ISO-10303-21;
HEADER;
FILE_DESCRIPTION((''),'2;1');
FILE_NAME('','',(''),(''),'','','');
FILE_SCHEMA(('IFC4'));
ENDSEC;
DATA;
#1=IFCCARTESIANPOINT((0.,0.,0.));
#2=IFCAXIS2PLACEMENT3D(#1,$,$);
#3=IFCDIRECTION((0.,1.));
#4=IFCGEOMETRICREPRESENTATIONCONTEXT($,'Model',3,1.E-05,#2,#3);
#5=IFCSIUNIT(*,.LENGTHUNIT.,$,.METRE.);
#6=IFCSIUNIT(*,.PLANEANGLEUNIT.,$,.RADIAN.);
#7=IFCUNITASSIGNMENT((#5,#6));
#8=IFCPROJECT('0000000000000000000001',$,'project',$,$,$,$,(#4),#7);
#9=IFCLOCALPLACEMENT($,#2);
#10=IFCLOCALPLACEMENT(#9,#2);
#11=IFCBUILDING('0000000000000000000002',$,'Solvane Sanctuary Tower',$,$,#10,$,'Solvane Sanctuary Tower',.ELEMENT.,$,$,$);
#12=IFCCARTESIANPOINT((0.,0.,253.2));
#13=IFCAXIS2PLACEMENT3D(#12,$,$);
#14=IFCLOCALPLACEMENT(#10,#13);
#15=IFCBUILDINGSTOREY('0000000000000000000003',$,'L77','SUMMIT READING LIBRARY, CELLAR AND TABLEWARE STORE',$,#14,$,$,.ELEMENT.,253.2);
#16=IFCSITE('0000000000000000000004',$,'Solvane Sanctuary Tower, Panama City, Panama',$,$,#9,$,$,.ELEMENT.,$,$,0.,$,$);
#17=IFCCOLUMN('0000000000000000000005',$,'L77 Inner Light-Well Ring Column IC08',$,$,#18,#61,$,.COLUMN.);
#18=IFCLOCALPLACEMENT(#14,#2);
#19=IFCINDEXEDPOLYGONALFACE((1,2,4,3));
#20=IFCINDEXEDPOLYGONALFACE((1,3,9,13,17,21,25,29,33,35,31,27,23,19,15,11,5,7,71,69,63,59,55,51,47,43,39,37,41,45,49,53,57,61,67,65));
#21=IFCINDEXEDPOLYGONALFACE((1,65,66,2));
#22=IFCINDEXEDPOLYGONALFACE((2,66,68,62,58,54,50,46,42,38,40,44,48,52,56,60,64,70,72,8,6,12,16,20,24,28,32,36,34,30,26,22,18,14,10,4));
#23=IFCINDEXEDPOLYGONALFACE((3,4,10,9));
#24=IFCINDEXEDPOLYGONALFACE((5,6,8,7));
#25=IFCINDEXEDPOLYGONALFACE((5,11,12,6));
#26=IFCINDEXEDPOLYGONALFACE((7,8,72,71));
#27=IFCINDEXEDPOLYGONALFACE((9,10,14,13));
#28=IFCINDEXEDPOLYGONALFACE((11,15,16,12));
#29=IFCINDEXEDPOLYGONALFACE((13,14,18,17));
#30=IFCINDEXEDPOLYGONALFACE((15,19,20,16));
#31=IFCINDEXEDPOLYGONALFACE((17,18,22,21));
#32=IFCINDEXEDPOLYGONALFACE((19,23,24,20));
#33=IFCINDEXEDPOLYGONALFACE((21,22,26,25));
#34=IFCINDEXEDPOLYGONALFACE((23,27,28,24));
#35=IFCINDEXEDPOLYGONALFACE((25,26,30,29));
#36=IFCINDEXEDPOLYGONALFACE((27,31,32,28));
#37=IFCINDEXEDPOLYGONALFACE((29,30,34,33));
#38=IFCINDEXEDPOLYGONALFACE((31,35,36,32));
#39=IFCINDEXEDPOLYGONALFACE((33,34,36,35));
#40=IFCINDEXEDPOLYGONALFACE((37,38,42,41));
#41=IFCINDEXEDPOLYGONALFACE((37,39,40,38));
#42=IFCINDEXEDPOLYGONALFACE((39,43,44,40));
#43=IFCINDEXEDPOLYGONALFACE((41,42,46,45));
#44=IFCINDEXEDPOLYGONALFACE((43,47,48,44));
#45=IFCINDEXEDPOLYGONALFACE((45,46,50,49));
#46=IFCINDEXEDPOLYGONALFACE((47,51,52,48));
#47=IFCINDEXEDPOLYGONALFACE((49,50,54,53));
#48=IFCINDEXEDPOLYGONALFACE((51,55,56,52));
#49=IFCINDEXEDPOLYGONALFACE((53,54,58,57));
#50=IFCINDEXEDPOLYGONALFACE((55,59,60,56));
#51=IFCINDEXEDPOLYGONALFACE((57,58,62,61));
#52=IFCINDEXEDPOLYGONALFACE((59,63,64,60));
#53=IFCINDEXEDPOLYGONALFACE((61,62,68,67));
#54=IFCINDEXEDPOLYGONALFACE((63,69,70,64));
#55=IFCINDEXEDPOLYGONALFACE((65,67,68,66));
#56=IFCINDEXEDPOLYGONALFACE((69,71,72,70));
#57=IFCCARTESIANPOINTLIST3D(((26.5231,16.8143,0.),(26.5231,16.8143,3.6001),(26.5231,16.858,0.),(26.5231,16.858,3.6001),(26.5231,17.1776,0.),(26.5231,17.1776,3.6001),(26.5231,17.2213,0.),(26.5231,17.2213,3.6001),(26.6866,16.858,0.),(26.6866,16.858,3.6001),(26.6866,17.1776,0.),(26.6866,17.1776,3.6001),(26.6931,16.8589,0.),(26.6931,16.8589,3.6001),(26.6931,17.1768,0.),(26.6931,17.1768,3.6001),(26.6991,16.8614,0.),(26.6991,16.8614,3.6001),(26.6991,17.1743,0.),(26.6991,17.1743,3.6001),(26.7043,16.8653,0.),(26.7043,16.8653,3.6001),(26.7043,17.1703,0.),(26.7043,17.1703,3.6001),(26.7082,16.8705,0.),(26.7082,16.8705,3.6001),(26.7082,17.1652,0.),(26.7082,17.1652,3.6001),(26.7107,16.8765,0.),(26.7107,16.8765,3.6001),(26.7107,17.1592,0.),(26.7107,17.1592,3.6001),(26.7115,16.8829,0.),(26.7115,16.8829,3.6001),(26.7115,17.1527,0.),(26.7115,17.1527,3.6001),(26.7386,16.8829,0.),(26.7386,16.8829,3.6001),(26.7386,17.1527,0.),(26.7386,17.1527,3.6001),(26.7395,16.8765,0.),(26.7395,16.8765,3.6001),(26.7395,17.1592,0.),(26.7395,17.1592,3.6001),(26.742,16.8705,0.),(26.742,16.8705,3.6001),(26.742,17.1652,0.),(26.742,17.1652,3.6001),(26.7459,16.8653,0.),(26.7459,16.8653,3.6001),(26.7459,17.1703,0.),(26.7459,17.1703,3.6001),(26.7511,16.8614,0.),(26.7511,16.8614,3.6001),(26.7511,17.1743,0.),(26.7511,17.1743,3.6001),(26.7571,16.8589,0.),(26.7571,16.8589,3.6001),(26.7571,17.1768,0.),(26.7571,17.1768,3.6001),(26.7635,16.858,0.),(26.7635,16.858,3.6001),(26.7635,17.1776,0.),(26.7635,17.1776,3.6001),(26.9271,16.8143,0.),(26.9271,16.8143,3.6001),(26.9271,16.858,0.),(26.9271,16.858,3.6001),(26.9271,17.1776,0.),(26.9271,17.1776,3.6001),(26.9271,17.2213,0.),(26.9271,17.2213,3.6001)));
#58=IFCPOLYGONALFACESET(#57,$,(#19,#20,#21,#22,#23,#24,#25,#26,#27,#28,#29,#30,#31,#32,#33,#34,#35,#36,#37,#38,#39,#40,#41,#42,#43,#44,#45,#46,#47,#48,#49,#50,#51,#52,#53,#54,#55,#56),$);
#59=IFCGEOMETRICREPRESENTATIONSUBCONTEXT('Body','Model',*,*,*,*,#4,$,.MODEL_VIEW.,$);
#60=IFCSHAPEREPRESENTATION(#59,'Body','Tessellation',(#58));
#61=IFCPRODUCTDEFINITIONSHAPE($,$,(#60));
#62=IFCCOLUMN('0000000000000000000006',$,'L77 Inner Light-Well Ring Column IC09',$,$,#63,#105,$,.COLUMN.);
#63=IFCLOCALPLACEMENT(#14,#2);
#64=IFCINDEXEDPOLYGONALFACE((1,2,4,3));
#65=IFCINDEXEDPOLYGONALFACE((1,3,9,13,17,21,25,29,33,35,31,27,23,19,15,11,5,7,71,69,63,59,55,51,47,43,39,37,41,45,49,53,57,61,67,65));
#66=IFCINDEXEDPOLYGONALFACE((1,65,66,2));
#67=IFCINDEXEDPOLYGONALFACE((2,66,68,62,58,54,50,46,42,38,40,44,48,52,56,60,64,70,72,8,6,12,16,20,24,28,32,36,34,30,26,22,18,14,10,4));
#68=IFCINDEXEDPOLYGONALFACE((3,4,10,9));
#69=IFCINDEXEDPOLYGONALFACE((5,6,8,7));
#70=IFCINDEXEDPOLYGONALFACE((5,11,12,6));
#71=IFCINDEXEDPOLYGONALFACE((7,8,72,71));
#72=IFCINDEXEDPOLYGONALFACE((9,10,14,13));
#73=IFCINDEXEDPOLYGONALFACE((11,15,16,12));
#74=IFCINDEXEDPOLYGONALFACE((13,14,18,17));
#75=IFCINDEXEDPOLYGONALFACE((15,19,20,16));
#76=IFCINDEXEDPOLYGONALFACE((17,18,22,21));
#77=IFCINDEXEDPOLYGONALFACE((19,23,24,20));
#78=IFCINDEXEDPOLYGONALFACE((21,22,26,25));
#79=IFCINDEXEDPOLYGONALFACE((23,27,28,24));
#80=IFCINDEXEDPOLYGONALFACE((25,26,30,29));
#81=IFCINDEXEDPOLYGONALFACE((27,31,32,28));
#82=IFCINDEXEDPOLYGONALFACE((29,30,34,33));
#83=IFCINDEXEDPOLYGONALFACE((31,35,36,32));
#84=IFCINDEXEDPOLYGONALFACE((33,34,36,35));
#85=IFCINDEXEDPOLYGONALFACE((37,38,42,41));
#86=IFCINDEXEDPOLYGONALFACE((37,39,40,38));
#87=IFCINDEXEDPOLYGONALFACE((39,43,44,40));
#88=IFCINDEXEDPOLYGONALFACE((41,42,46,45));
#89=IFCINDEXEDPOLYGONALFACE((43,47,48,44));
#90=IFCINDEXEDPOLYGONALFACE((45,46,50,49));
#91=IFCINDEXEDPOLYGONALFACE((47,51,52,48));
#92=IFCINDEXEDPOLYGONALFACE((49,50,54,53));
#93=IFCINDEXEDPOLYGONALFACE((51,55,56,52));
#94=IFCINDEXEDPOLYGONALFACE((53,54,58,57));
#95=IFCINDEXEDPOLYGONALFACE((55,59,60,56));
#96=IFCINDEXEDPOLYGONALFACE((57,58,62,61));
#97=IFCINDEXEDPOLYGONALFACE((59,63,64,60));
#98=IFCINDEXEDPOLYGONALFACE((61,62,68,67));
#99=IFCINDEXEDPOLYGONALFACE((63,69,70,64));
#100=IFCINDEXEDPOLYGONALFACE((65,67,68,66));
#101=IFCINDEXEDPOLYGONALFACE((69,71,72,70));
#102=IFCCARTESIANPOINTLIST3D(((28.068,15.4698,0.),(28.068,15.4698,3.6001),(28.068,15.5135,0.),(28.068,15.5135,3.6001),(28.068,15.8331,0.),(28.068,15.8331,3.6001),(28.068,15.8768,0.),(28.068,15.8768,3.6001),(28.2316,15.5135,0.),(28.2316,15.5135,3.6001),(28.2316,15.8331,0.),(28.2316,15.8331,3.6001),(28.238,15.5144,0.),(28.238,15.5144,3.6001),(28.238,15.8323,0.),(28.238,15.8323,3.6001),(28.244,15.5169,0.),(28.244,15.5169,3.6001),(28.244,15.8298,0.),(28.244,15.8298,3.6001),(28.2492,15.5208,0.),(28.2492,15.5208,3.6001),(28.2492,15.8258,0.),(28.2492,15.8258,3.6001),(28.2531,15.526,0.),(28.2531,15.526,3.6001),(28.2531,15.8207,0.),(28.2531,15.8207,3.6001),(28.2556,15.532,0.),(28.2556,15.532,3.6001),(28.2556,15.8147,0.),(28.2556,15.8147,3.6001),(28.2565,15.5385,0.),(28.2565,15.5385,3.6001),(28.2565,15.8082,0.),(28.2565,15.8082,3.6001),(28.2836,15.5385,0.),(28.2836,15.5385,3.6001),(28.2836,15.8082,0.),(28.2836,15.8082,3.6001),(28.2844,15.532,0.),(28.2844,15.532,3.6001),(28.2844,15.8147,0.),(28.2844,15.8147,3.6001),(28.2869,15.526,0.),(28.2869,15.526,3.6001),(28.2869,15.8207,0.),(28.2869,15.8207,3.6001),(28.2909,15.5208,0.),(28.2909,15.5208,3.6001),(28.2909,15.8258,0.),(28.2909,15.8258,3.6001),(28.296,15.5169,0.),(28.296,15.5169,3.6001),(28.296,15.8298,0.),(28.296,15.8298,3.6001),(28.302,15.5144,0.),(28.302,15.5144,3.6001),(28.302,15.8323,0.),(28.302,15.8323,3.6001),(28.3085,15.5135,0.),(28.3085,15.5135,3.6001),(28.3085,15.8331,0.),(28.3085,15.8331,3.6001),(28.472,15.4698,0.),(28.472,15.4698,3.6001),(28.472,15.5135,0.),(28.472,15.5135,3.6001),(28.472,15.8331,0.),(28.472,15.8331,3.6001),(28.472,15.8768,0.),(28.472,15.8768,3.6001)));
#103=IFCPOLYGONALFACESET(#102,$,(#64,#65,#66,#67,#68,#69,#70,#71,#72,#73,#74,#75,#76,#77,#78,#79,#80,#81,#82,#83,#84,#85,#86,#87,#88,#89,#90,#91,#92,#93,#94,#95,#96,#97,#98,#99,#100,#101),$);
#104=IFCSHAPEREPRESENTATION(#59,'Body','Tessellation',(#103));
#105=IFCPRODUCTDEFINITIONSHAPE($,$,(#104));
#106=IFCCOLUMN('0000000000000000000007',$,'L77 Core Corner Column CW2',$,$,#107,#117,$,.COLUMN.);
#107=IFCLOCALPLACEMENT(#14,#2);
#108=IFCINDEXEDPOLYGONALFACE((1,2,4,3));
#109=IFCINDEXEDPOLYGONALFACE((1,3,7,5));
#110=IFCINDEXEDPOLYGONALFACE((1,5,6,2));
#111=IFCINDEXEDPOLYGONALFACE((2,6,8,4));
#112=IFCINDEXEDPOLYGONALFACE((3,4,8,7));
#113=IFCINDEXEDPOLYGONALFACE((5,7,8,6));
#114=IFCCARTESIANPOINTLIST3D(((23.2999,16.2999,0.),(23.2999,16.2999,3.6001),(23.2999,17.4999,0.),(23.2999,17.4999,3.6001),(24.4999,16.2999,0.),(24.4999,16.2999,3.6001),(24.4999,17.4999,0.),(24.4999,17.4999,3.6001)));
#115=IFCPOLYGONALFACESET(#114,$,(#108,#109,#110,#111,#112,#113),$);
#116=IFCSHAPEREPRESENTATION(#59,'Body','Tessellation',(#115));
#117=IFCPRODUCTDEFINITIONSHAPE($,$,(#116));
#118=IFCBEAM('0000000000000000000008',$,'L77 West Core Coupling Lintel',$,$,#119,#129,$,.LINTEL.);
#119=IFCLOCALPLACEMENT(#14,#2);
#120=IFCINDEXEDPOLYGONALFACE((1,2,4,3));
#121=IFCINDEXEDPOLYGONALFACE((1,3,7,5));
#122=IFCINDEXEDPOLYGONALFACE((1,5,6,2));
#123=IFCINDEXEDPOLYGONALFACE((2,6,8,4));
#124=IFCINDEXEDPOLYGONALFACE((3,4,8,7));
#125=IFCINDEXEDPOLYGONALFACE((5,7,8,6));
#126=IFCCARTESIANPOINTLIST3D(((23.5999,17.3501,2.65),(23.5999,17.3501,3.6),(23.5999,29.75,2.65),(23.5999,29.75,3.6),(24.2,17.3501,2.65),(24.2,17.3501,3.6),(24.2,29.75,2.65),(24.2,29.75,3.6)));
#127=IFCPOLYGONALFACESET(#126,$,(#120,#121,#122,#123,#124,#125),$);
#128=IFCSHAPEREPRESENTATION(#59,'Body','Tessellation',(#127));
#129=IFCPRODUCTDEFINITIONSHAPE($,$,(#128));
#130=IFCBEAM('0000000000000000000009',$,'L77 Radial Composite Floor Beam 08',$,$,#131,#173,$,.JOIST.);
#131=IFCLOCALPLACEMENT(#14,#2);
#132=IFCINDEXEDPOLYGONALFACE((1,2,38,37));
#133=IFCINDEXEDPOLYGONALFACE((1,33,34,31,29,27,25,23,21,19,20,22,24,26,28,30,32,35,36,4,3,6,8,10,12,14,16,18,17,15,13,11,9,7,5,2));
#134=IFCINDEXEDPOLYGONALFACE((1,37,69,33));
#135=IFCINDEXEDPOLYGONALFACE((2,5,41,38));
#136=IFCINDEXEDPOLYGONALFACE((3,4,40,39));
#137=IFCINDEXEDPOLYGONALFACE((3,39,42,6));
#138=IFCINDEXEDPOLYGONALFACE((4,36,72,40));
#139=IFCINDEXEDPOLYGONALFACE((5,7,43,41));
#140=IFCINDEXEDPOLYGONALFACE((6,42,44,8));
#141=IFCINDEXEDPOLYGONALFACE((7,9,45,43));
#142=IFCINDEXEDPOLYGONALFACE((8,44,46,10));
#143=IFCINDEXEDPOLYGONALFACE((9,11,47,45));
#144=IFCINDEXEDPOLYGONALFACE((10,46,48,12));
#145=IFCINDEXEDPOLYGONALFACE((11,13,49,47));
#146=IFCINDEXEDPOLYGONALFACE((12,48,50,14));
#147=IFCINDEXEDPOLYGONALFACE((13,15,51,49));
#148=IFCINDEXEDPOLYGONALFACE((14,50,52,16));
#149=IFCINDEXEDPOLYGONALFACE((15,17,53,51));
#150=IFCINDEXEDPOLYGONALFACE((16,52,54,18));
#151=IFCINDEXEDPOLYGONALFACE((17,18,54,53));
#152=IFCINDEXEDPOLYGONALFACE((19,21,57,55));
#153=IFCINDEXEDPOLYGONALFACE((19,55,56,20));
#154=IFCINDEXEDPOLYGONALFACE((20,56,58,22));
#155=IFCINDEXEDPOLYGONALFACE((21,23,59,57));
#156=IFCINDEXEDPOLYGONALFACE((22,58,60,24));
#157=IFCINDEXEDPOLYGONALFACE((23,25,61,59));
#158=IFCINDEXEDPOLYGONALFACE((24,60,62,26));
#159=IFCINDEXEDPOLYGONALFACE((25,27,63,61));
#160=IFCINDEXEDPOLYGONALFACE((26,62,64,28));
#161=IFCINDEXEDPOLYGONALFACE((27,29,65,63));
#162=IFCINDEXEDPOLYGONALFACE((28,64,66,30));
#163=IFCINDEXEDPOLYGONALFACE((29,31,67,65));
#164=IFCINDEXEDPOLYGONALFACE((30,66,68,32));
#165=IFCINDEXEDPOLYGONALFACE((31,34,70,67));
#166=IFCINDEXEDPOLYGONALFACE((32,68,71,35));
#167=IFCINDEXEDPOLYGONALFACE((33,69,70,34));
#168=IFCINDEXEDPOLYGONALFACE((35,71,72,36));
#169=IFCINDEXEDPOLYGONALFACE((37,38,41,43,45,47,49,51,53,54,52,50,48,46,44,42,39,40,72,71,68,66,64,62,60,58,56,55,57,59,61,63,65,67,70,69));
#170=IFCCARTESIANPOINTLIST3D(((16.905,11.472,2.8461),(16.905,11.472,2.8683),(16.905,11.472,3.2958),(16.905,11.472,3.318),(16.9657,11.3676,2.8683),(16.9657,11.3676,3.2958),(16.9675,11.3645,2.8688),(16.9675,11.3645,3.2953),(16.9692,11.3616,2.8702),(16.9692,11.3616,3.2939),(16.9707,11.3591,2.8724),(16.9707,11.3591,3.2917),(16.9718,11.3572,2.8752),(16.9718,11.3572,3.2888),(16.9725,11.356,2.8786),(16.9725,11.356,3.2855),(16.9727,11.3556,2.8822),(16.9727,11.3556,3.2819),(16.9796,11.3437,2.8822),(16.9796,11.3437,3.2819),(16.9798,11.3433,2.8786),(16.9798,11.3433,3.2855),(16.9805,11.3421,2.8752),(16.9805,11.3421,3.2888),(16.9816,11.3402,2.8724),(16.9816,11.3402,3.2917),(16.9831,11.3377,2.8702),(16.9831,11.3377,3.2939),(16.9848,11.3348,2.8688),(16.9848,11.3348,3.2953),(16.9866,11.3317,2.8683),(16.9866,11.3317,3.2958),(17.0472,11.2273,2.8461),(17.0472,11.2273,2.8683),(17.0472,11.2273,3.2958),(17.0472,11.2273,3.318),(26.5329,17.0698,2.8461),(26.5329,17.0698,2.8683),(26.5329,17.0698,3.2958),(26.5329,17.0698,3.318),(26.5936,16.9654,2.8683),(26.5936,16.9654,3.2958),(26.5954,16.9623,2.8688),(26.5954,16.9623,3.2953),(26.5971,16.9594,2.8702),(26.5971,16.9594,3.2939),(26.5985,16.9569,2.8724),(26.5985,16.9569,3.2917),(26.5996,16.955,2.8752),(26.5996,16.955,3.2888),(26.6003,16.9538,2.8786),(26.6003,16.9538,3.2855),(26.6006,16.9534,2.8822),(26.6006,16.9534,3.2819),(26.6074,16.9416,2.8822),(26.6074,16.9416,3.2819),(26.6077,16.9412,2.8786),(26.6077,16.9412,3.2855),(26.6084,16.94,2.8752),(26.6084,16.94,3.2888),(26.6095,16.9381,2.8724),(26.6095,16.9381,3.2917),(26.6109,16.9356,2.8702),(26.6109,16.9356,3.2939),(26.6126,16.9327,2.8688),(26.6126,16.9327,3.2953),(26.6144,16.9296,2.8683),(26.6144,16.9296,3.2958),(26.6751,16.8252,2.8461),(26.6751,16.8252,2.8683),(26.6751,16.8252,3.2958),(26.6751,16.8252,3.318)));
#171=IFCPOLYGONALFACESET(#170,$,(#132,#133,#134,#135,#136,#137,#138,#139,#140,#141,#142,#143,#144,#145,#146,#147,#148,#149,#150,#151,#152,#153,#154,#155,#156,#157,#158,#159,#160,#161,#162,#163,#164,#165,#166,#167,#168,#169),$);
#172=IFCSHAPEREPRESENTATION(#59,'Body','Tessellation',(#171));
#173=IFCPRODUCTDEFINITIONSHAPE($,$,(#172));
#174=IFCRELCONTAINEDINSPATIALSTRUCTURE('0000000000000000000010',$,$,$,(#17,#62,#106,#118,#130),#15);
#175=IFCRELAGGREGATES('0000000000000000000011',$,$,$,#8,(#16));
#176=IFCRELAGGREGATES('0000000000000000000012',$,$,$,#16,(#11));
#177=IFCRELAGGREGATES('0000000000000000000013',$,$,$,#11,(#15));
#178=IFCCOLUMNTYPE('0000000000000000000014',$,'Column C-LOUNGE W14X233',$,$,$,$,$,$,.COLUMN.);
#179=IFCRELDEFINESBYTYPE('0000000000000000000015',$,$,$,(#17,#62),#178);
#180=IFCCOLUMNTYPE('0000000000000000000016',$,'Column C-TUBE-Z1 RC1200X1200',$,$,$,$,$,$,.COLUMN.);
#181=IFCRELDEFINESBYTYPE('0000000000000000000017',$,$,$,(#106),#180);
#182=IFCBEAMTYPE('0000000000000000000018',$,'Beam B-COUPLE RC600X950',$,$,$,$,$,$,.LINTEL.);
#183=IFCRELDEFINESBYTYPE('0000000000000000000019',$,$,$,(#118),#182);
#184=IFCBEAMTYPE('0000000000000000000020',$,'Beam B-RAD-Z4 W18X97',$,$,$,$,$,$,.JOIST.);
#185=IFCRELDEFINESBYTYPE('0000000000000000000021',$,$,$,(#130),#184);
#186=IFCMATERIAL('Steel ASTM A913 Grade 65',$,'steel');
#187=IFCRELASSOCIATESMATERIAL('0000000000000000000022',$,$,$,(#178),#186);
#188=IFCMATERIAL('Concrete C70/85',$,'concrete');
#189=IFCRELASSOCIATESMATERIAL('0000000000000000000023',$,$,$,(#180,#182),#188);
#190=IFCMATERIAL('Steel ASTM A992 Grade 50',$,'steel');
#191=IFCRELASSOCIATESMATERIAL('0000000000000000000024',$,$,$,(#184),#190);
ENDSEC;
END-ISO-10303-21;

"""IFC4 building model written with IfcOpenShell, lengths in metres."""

from ifc_helpers import new_model, si_unit, direction, frame, origin, origin_2d, place, context, subcontext, project, spatial, rectangle, i_section, extrude, material, material_profile, profile_set, type_object, element, save


model = new_model("IFC4")

# Units and contexts
model_context = context("Model", 3, precision=1e-05, world=origin(), true_north=direction((0.0, 1.0)))
body_context = subcontext(model_context, "Body", "Model", "MODEL_VIEW")
ifc_project = project(units=[si_unit("LENGTHUNIT", "METRE"), si_unit("PLANEANGLEUNIT", "RADIAN")], contexts=[model_context])

# Site, building, storey
site_placement = place(None, origin())
site = spatial("IfcSite", under=ifc_project, at=site_placement, Name="Solvane Sanctuary Tower, Panama City, Panama", CompositionType="ELEMENT", RefElevation=0.0)
building_placement = place(site_placement, origin())
building = spatial("IfcBuilding", under=site, at=building_placement, Name="Solvane Sanctuary Tower", LongName="Solvane Sanctuary Tower", CompositionType="ELEMENT")
storey_placement = place(building_placement, frame((0.0, 0.0, 253.2)))
storey = spatial("IfcBuildingStorey", under=building, at=storey_placement, Name="L77", Description="SUMMIT READING LIBRARY, CELLAR AND TABLEWARE STORE", CompositionType="ELEMENT", Elevation=253.2)

# Columns
ifc_material_1 = material(Name="Steel ASTM A913 Grade 65", Category="steel")
ifc_material_profile_1 = material_profile(ifc_material_1, i_section(OverallWidth=0.4041, OverallDepth=0.407, WebThickness=0.0271, FlangeThickness=0.0437, FilletRadius=0.0249, at=origin_2d()), Name="W14X233")
ifc_profile_set_1 = profile_set([ifc_material_profile_1], Name="Steel ASTM A913 Grade 65")
column_type_1 = type_object("IfcColumnType", Name="Column C-LOUNGE W14X233", PredefinedType="COLUMN", material=ifc_profile_set_1)
for number, where, z_axis, x_axis, name in (
    (1, (26.7251, 17.0178, 0.0), (0.0, 0.0, 1.0), (1.0, 0.0, 0.0), "L77 Inner Light-Well Ring Column IC08"),
    (2, (28.27, 15.6733, 0.0), (0.0, 0.0, 1.0), (1.0, 0.0, 0.0), "L77 Inner Light-Well Ring Column IC09"),
):
    element("IfcColumn", number, at=place(storey_placement, frame(where, z_axis=z_axis, x_axis=x_axis)), inside=storey, type_object=column_type_1, Name=name, PredefinedType="COLUMN", context=body_context, shape_type="SweptSolid", body=[
        extrude(i_section(OverallWidth=0.4041, OverallDepth=0.407, WebThickness=0.0271, FlangeThickness=0.0437, FilletRadius=0.0249, at=origin_2d()), origin(), (0.0, 0.0, 1.0), 3.6001),
    ])
ifc_material_2 = material(Name="Concrete C70/85", Category="concrete")
ifc_material_profile_2 = material_profile(ifc_material_2, rectangle(XDim=1.2, YDim=1.2, at=origin_2d()), Name="RC1200X1200")
ifc_profile_set_2 = profile_set([ifc_material_profile_2], Name="Concrete C70/85")
column_type_2 = type_object("IfcColumnType", Name="Column C-TUBE-Z1 RC1200X1200", PredefinedType="COLUMN", material=ifc_profile_set_2)
column_placement = place(storey_placement, frame((23.8999, 16.8999, 0.0), z_axis=(0.0, 0.0, 1.0), x_axis=(1.0, 0.0, 0.0)))
element("IfcColumn", 3, at=column_placement, inside=storey, type_object=column_type_2, Name="L77 Core Corner Column CW2", PredefinedType="COLUMN", context=body_context, shape_type="SweptSolid", body=[
    extrude(rectangle(XDim=1.2, YDim=1.2, at=origin_2d()), origin(), (0.0, 0.0, 1.0), 3.6001),
])

# Beams
ifc_material_profile_3 = material_profile(ifc_material_2, rectangle(XDim=0.6001, YDim=0.95, at=origin_2d()), Name="RC600X950")
ifc_profile_set_3 = profile_set([ifc_material_profile_3], Name="Concrete C70/85")
beam_type_1 = type_object("IfcBeamType", Name="Beam B-COUPLE RC600X950", PredefinedType="LINTEL", material=ifc_profile_set_3)
beam_1_placement = place(storey_placement, frame((23.8999, 17.3501, 3.125), z_axis=(0.0, 1.0, 0.0), x_axis=(-1.0, 0.0, 0.0)))
element("IfcBeam", 4, at=beam_1_placement, inside=storey, type_object=beam_type_1, Name="L77 West Core Coupling Lintel", PredefinedType="LINTEL", context=body_context, shape_type="SweptSolid", body=[
    extrude(rectangle(XDim=0.6001, YDim=0.95, at=origin_2d()), origin(), (0.0, 0.0, 1.0), 12.3999),
])
ifc_material_3 = material(Name="Steel ASTM A992 Grade 50", Category="steel")
ifc_material_profile_4 = material_profile(ifc_material_3, i_section(OverallWidth=0.283, OverallDepth=0.4719, WebThickness=0.0137, FlangeThickness=0.0222, FilletRadius=0.0139, at=origin_2d()), Name="W18X97")
ifc_profile_set_4 = profile_set([ifc_material_profile_4], Name="Steel ASTM A992 Grade 50")
beam_type_2 = type_object("IfcBeamType", Name="Beam B-RAD-Z4 W18X97", PredefinedType="JOIST", material=ifc_profile_set_4)
beam_2_placement = place(storey_placement, frame((26.604, 16.9475, 3.082), z_axis=(-0.864497, -0.502638, 0.0), x_axis=(0.502638, -0.864497, 0.0)))
element("IfcBeam", 5, at=beam_2_placement, inside=storey, type_object=beam_type_2, Name="L77 Radial Composite Floor Beam 08", PredefinedType="JOIST", context=body_context, shape_type="SweptSolid", body=[
    extrude(i_section(OverallWidth=0.283, OverallDepth=0.4719, WebThickness=0.0137, FlangeThickness=0.0222, FilletRadius=0.0139, at=origin_2d()), origin(), (0.0, 0.0, 1.0), 11.137),
])

save(model, "model.ifc")
